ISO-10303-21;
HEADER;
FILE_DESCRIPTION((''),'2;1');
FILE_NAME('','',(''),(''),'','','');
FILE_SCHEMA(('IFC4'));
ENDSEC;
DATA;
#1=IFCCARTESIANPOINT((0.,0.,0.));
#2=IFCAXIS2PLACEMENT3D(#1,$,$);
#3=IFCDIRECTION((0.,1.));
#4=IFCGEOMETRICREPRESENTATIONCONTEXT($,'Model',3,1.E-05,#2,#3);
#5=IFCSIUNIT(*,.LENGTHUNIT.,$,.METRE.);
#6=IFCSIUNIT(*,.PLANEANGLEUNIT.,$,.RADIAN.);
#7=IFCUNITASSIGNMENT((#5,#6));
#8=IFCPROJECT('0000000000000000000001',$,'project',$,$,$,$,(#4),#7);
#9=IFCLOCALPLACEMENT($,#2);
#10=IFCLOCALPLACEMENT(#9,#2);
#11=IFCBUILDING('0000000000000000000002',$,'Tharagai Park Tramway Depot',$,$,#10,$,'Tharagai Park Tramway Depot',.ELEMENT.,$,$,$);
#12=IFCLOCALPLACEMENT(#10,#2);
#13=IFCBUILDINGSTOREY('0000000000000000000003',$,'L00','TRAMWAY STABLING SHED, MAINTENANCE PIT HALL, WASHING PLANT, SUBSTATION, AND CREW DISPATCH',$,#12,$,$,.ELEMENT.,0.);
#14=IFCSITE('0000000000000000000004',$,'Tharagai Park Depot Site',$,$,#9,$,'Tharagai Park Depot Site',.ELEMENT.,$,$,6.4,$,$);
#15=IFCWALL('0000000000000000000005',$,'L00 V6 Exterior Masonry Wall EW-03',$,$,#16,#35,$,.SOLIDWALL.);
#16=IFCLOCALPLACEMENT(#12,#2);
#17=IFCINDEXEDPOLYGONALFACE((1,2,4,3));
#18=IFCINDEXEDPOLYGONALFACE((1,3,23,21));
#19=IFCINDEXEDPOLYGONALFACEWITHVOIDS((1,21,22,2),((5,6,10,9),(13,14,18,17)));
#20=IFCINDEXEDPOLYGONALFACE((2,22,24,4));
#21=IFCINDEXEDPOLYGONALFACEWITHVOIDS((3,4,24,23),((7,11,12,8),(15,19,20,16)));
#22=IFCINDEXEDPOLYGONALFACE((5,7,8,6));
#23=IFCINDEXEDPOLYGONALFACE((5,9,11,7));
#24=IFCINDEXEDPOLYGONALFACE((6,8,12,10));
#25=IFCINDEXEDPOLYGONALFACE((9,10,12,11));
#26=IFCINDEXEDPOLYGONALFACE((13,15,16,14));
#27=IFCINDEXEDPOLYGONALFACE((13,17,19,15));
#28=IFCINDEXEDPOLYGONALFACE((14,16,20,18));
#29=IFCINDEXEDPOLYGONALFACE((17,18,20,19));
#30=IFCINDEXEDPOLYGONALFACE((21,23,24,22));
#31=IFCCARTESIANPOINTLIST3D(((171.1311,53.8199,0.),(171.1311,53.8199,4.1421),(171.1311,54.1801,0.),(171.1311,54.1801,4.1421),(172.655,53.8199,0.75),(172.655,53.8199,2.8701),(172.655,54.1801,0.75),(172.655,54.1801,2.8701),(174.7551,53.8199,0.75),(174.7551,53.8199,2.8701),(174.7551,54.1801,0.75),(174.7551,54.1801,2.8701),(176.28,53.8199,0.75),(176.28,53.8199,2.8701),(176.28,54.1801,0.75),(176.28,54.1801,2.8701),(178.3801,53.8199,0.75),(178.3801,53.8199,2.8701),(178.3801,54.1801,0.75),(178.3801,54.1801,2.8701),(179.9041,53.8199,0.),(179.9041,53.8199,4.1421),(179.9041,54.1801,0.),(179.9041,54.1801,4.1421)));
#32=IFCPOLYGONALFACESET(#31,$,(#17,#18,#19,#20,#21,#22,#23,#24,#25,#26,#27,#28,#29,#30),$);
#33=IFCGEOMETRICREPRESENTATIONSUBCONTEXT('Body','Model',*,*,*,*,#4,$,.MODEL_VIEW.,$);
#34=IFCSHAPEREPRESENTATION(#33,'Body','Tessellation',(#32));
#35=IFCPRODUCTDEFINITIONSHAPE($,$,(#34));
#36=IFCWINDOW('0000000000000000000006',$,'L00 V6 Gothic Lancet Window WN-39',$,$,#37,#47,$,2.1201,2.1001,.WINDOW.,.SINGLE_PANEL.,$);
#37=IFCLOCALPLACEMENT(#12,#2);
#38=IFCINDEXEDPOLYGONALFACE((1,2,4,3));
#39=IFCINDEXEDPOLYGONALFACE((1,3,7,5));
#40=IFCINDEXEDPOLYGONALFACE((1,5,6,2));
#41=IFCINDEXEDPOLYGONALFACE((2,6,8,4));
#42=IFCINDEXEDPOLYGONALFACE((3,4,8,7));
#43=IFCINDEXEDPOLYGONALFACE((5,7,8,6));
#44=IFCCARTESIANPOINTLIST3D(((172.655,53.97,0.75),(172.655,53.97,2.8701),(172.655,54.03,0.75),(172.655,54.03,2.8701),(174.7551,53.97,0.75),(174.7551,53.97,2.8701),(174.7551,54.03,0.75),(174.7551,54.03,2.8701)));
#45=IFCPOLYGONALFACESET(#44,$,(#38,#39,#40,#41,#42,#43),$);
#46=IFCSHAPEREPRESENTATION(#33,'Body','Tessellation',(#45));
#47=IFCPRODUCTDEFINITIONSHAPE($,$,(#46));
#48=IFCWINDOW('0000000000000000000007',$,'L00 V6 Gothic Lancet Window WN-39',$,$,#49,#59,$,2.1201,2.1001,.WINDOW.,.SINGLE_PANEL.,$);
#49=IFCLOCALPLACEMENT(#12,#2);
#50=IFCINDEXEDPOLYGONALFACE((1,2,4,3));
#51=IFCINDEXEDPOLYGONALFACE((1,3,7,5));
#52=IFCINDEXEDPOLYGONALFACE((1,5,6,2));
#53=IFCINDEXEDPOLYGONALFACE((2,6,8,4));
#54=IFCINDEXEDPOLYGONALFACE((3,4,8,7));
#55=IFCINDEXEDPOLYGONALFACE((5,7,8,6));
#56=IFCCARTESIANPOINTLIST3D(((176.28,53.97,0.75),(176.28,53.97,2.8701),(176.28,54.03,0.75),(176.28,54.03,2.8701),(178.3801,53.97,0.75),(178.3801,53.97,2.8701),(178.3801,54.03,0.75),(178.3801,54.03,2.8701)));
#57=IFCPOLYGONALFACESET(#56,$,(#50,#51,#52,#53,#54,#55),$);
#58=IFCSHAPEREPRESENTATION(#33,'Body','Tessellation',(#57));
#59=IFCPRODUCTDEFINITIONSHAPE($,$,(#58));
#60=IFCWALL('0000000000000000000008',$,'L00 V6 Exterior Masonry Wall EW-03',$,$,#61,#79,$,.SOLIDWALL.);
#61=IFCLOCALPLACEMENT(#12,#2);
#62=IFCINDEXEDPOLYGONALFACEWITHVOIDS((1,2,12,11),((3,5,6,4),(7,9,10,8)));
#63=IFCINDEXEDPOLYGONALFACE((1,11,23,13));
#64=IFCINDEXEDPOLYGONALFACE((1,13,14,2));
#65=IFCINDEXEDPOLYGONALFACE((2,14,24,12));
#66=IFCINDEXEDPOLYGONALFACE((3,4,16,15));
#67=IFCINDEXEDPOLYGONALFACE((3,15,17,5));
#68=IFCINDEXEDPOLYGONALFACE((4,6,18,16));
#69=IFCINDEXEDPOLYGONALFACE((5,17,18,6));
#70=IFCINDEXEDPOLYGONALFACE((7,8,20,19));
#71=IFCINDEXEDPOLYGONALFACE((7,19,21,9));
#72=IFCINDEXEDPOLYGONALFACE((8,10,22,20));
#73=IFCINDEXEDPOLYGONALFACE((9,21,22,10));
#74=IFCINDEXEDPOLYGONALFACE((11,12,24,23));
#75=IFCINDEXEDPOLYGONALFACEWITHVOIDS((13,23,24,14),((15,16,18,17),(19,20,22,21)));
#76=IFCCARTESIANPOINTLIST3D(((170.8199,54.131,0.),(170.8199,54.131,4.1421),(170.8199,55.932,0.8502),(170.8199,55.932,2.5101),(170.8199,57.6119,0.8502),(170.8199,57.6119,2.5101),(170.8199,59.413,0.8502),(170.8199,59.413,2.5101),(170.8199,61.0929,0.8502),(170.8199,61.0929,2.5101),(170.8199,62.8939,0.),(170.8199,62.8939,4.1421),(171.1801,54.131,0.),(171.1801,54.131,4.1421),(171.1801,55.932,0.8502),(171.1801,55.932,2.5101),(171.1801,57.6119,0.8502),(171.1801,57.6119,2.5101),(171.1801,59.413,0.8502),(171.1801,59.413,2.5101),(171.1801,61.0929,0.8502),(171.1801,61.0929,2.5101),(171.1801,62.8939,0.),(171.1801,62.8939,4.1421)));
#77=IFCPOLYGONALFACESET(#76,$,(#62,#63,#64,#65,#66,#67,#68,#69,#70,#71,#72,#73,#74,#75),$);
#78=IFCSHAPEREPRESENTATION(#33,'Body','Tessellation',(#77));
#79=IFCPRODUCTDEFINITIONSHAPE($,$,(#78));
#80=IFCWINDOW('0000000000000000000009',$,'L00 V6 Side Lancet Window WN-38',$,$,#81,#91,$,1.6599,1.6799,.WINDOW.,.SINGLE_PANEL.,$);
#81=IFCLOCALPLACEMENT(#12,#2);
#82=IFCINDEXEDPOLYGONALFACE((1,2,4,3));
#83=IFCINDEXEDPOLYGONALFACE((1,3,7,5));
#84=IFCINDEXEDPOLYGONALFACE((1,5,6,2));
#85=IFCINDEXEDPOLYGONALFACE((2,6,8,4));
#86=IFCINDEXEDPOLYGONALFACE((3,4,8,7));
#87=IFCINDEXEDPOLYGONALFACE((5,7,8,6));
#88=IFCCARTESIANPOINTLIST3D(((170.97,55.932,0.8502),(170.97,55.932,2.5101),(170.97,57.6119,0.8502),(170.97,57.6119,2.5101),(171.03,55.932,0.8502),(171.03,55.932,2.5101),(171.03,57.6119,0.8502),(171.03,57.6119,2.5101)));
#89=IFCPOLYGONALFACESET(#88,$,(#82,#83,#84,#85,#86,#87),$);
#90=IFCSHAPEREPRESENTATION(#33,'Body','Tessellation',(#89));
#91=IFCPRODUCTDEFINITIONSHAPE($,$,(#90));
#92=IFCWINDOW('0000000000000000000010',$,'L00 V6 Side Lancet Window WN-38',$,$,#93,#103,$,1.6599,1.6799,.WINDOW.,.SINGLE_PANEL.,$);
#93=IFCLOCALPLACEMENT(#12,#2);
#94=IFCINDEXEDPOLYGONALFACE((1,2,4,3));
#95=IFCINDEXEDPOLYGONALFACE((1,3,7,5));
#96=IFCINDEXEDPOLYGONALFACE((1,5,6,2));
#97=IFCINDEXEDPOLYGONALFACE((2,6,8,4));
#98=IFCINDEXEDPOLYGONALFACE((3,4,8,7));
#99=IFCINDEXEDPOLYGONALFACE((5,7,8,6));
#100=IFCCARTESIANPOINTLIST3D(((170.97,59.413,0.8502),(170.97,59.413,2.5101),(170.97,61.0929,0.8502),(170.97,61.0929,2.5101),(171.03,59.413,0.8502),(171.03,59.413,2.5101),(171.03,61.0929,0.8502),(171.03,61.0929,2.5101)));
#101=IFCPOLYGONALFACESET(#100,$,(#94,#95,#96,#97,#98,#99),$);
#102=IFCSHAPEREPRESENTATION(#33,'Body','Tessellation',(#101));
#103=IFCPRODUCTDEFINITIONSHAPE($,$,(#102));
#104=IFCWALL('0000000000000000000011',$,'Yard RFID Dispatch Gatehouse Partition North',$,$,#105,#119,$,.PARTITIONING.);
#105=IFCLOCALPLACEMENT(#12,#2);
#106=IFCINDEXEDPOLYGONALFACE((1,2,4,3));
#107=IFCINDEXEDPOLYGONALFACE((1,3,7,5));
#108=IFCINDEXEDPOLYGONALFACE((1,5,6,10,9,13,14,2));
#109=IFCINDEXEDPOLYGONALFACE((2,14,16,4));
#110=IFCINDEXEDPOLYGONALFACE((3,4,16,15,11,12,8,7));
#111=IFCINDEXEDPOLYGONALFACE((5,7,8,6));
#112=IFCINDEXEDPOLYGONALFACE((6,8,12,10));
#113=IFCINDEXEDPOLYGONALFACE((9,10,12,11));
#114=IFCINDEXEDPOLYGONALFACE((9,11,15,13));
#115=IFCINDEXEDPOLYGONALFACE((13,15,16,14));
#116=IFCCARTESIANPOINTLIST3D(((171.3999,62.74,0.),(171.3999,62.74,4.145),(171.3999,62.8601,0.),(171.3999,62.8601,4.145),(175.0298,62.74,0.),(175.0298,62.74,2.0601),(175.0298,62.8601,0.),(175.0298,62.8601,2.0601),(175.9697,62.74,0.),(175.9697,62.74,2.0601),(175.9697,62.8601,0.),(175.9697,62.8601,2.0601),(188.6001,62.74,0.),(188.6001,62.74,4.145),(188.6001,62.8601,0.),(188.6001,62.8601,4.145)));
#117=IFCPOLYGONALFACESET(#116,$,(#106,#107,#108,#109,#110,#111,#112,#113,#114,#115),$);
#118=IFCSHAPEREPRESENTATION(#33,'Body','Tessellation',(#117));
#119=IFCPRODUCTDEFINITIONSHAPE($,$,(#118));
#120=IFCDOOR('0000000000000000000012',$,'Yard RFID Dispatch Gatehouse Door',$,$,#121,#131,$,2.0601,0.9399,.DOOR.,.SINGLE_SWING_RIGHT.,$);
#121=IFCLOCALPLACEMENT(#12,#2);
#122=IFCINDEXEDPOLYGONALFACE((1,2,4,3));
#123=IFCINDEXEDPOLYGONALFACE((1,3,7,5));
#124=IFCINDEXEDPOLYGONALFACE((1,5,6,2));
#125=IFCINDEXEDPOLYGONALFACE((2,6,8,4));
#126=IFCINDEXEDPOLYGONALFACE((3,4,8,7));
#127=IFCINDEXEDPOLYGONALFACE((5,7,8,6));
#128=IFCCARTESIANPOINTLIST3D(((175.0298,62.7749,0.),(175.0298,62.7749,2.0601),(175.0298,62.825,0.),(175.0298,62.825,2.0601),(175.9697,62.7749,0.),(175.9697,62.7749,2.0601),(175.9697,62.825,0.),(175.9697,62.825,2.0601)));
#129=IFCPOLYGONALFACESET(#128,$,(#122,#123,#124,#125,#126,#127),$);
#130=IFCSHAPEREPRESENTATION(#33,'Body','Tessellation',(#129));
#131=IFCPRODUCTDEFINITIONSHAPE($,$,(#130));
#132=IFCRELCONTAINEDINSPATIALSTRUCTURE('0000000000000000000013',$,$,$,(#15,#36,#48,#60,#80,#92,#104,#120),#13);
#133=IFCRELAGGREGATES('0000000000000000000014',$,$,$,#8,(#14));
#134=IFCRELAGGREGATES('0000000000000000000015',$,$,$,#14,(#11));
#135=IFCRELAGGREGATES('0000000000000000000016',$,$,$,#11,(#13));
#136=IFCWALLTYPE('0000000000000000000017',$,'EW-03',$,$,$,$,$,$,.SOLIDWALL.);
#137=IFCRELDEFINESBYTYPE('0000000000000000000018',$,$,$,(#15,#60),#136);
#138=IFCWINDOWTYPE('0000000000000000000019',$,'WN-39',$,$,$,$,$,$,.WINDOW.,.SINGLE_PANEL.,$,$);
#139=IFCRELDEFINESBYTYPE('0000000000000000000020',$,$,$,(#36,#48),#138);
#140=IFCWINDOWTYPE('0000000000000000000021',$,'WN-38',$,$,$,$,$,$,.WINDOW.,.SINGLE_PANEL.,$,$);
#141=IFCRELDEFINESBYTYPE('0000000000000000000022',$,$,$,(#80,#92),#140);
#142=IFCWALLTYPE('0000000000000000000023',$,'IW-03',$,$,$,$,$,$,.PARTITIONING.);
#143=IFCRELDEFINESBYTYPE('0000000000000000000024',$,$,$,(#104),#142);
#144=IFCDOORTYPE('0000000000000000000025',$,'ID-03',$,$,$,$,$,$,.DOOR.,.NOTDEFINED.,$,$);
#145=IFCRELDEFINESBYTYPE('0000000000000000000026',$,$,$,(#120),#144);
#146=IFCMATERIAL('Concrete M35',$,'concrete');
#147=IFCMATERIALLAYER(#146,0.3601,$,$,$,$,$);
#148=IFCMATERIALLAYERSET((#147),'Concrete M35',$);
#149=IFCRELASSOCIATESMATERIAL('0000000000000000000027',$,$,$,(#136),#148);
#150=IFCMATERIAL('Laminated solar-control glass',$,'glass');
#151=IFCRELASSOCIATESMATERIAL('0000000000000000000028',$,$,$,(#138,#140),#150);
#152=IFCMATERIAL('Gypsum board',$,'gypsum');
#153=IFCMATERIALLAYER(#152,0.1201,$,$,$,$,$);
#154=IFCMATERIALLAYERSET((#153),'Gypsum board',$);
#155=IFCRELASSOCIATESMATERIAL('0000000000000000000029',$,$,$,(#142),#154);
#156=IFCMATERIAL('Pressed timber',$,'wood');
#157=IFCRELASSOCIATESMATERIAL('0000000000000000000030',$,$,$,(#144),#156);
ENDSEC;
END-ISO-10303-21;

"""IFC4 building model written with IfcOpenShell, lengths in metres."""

from ifc_helpers import new_model, si_unit, direction, frame, frame_2d, origin, place, context, subcontext, project, spatial, rectangle, extrude, material, layer, layer_set, type_object, element, fill, save


model = new_model("IFC4")

# Units and contexts
model_context = context("Model", 3, precision=1e-05, world=origin(), true_north=direction((0.0, 1.0)))
body_context = subcontext(model_context, "Body", "Model", "MODEL_VIEW")
ifc_project = project(units=[si_unit("LENGTHUNIT", "METRE"), si_unit("PLANEANGLEUNIT", "RADIAN")], contexts=[model_context])

# Site, building, storey
site_placement = place(None, origin())
site = spatial("IfcSite", under=ifc_project, at=site_placement, Name="Tharagai Park Depot Site", LongName="Tharagai Park Depot Site", CompositionType="ELEMENT", RefElevation=6.4)
building_placement = place(site_placement, origin())
building = spatial("IfcBuilding", under=site, at=building_placement, Name="Tharagai Park Tramway Depot", LongName="Tharagai Park Tramway Depot", CompositionType="ELEMENT")
storey_placement = place(building_placement, origin())
storey = spatial("IfcBuildingStorey", under=building, at=storey_placement, Name="L00", Description="TRAMWAY STABLING SHED, MAINTENANCE PIT HALL, WASHING PLANT, SUBSTATION, AND CREW DISPATCH", CompositionType="ELEMENT", Elevation=0.0)

# Walls, openings, windows
ifc_material_1 = material(Name="Concrete M35", Category="concrete")
ifc_layer_1 = layer(ifc_material_1, 0.3601)
ifc_layer_set_1 = layer_set([ifc_layer_1], Name="Concrete M35")
wall_type_1 = type_object("IfcWallType", Name="EW-03", PredefinedType="SOLIDWALL", material=ifc_layer_set_1)
wall_1_placement = place(storey_placement, frame((171.1311, 54.0, 0.0), z_axis=(0.0, 0.0, 1.0), x_axis=(1.0, 0.0, 0.0)))
wall_1 = element("IfcWall", 1, at=wall_1_placement, inside=storey, type_object=wall_type_1, Name="L00 V6 Exterior Masonry Wall EW-03", PredefinedType="SOLIDWALL", context=body_context, shape_type="SweptSolid", body=[
    extrude(rectangle(XDim=8.7729, YDim=0.3601, at=frame_2d((4.3865, 0.0))), origin(), (0.0, 0.0, 1.0), 4.1421),
])
opening_1_placement = place(wall_1_placement, frame((1.5239, 0.0, 0.75)))
opening_1 = element("IfcOpeningElement", 2, at=opening_1_placement, cuts=wall_1, PredefinedType="OPENING", context=body_context, shape_type="SweptSolid", body=[
    extrude(rectangle(XDim=2.1001, YDim=2.1201, at=frame_2d((1.05, 1.0601))), frame((0.0, 0.1899, 0.0), z_axis=(0.0, -1.0, 0.0), x_axis=(1.0, 0.0, 0.0)), (0.0, 0.0, 1.0), 0.3801),
])
opening_2_placement = place(wall_1_placement, frame((5.1489, 0.0, 0.75)))
opening_2 = element("IfcOpeningElement", 3, at=opening_2_placement, cuts=wall_1, PredefinedType="OPENING", context=body_context, shape_type="SweptSolid", body=[
    extrude(rectangle(XDim=2.1001, YDim=2.1201, at=frame_2d((1.05, 1.0601))), frame((0.0, 0.1899, 0.0), z_axis=(0.0, -1.0, 0.0), x_axis=(1.0, 0.0, 0.0)), (0.0, 0.0, 1.0), 0.3801),
])
ifc_material_2 = material(Name="Laminated solar-control glass", Category="glass")
window_type_1 = type_object("IfcWindowType", Name="WN-39", PartitioningType="SINGLE_PANEL", PredefinedType="WINDOW", material=ifc_material_2)
window_1_placement = place(opening_1_placement, origin())
window_1 = element("IfcWindow", 4, at=window_1_placement, inside=storey, type_object=window_type_1, Name="L00 V6 Gothic Lancet Window WN-39", OverallHeight=2.1201, OverallWidth=2.1001, PartitioningType="SINGLE_PANEL", PredefinedType="WINDOW", context=body_context, shape_type="SweptSolid", body=[
    extrude(rectangle(XDim=2.1001, YDim=2.1201, at=frame_2d((1.05, 1.0601))), frame((0.0, 0.03, 0.0), z_axis=(0.0, -1.0, 0.0), x_axis=(1.0, 0.0, 0.0)), (0.0, 0.0, 1.0), 0.0601),
])
fill(opening_1, window_1)
window_2_placement = place(opening_2_placement, origin())
window_2 = element("IfcWindow", 5, at=window_2_placement, inside=storey, type_object=window_type_1, Name="L00 V6 Gothic Lancet Window WN-39", OverallHeight=2.1201, OverallWidth=2.1001, PartitioningType="SINGLE_PANEL", PredefinedType="WINDOW", context=body_context, shape_type="SweptSolid", body=[
    extrude(rectangle(XDim=2.1001, YDim=2.1201, at=frame_2d((1.05, 1.0601))), frame((0.0, 0.03, 0.0), z_axis=(0.0, -1.0, 0.0), x_axis=(1.0, 0.0, 0.0)), (0.0, 0.0, 1.0), 0.0601),
])
fill(opening_2, window_2)
wall_2_placement = place(storey_placement, frame((171.0, 54.1311, 0.0), z_axis=(0.0, 0.0, 1.0), x_axis=(0.0, 1.0, 0.0)))
wall_2 = element("IfcWall", 6, at=wall_2_placement, inside=storey, type_object=wall_type_1, Name="L00 V6 Exterior Masonry Wall EW-03", PredefinedType="SOLIDWALL", context=body_context, shape_type="SweptSolid", body=[
    extrude(rectangle(XDim=8.7629, YDim=0.3601, at=frame_2d((4.3813, 0.0))), origin(), (0.0, 0.0, 1.0), 4.1421),
])
opening_3_placement = place(wall_2_placement, frame((1.801, 0.0, 0.8501)))
opening_3 = element("IfcOpeningElement", 7, at=opening_3_placement, cuts=wall_2, PredefinedType="OPENING", context=body_context, shape_type="SweptSolid", body=[
    extrude(rectangle(XDim=1.6799, YDim=1.6599, at=frame_2d((0.8398, 0.8301))), frame((0.0, 0.1899, 0.0), z_axis=(0.0, -1.0, 0.0), x_axis=(1.0, 0.0, 0.0)), (0.0, 0.0, 1.0), 0.3801),
])
opening_4_placement = place(wall_2_placement, frame((5.282, 0.0, 0.8501)))
opening_4 = element("IfcOpeningElement", 8, at=opening_4_placement, cuts=wall_2, PredefinedType="OPENING", context=body_context, shape_type="SweptSolid", body=[
    extrude(rectangle(XDim=1.6799, YDim=1.6599, at=frame_2d((0.8398, 0.8301))), frame((0.0, 0.1899, 0.0), z_axis=(0.0, -1.0, 0.0), x_axis=(1.0, 0.0, 0.0)), (0.0, 0.0, 1.0), 0.3801),
])
window_type_2 = type_object("IfcWindowType", Name="WN-38", PartitioningType="SINGLE_PANEL", PredefinedType="WINDOW", material=ifc_material_2)
window_3_placement = place(opening_3_placement, origin())
window_3 = element("IfcWindow", 9, at=window_3_placement, inside=storey, type_object=window_type_2, Name="L00 V6 Side Lancet Window WN-38", OverallHeight=1.6599, OverallWidth=1.6799, PartitioningType="SINGLE_PANEL", PredefinedType="WINDOW", context=body_context, shape_type="SweptSolid", body=[
    extrude(rectangle(XDim=1.6799, YDim=1.6599, at=frame_2d((0.8398, 0.8301))), frame((0.0, 0.03, 0.0), z_axis=(0.0, -1.0, 0.0), x_axis=(1.0, 0.0, 0.0)), (0.0, 0.0, 1.0), 0.0601),
])
fill(opening_3, window_3)
window_4_placement = place(opening_4_placement, origin())
window_4 = element("IfcWindow", 10, at=window_4_placement, inside=storey, type_object=window_type_2, Name="L00 V6 Side Lancet Window WN-38", OverallHeight=1.6599, OverallWidth=1.6799, PartitioningType="SINGLE_PANEL", PredefinedType="WINDOW", context=body_context, shape_type="SweptSolid", body=[
    extrude(rectangle(XDim=1.6799, YDim=1.6599, at=frame_2d((0.8398, 0.8301))), frame((0.0, 0.03, 0.0), z_axis=(0.0, -1.0, 0.0), x_axis=(1.0, 0.0, 0.0)), (0.0, 0.0, 1.0), 0.0601),
])
fill(opening_4, window_4)

# Wall, opening, door
ifc_material_3 = material(Name="Gypsum board", Category="gypsum")
ifc_layer_2 = layer(ifc_material_3, 0.1201)
ifc_layer_set_2 = layer_set([ifc_layer_2], Name="Gypsum board")
wall_type_2 = type_object("IfcWallType", Name="IW-03", PredefinedType="PARTITIONING", material=ifc_layer_set_2)
wall_3_placement = place(storey_placement, frame((171.3999, 62.8, 0.0), z_axis=(0.0, 0.0, 1.0), x_axis=(1.0, 0.0, 0.0)))
wall_3 = element("IfcWall", 11, at=wall_3_placement, inside=storey, type_object=wall_type_2, Name="Yard RFID Dispatch Gatehouse Partition North", PredefinedType="PARTITIONING", context=body_context, shape_type="SweptSolid", body=[
    extrude(rectangle(XDim=17.2002, YDim=0.1201, at=frame_2d((8.6001, 0.0))), origin(), (0.0, 0.0, 1.0), 4.145),
])
opening_5_placement = place(wall_3_placement, frame((3.6299, 0.0, 0.0)))
opening_5 = element("IfcOpeningElement", 12, at=opening_5_placement, cuts=wall_3, PredefinedType="OPENING", context=body_context, shape_type="SweptSolid", body=[
    extrude(rectangle(XDim=0.9399, YDim=2.0601, at=frame_2d((0.47, 1.03))), frame((0.0, 0.0701, 0.0), z_axis=(0.0, -1.0, 0.0), x_axis=(1.0, 0.0, 0.0)), (0.0, 0.0, 1.0), 0.1401),
])
ifc_material_4 = material(Name="Pressed timber", Category="wood")
door_type = type_object("IfcDoorType", Name="ID-03", OperationType="NOTDEFINED", PredefinedType="DOOR", material=ifc_material_4)
door_placement = place(opening_5_placement, origin())
door = element("IfcDoor", 13, at=door_placement, inside=storey, type_object=door_type, Name="Yard RFID Dispatch Gatehouse Door", OperationType="SINGLE_SWING_RIGHT", OverallHeight=2.0601, OverallWidth=0.9399, PredefinedType="DOOR", context=body_context, shape_type="SweptSolid", body=[
    extrude(rectangle(XDim=0.9399, YDim=2.0601, at=frame_2d((0.47, 1.03))), frame((0.0, 0.0249, 0.0), z_axis=(0.0, -1.0, 0.0), x_axis=(1.0, 0.0, 0.0)), (0.0, 0.0, 1.0), 0.05),
])
fill(opening_5, door)

save(model, "model.ifc")
